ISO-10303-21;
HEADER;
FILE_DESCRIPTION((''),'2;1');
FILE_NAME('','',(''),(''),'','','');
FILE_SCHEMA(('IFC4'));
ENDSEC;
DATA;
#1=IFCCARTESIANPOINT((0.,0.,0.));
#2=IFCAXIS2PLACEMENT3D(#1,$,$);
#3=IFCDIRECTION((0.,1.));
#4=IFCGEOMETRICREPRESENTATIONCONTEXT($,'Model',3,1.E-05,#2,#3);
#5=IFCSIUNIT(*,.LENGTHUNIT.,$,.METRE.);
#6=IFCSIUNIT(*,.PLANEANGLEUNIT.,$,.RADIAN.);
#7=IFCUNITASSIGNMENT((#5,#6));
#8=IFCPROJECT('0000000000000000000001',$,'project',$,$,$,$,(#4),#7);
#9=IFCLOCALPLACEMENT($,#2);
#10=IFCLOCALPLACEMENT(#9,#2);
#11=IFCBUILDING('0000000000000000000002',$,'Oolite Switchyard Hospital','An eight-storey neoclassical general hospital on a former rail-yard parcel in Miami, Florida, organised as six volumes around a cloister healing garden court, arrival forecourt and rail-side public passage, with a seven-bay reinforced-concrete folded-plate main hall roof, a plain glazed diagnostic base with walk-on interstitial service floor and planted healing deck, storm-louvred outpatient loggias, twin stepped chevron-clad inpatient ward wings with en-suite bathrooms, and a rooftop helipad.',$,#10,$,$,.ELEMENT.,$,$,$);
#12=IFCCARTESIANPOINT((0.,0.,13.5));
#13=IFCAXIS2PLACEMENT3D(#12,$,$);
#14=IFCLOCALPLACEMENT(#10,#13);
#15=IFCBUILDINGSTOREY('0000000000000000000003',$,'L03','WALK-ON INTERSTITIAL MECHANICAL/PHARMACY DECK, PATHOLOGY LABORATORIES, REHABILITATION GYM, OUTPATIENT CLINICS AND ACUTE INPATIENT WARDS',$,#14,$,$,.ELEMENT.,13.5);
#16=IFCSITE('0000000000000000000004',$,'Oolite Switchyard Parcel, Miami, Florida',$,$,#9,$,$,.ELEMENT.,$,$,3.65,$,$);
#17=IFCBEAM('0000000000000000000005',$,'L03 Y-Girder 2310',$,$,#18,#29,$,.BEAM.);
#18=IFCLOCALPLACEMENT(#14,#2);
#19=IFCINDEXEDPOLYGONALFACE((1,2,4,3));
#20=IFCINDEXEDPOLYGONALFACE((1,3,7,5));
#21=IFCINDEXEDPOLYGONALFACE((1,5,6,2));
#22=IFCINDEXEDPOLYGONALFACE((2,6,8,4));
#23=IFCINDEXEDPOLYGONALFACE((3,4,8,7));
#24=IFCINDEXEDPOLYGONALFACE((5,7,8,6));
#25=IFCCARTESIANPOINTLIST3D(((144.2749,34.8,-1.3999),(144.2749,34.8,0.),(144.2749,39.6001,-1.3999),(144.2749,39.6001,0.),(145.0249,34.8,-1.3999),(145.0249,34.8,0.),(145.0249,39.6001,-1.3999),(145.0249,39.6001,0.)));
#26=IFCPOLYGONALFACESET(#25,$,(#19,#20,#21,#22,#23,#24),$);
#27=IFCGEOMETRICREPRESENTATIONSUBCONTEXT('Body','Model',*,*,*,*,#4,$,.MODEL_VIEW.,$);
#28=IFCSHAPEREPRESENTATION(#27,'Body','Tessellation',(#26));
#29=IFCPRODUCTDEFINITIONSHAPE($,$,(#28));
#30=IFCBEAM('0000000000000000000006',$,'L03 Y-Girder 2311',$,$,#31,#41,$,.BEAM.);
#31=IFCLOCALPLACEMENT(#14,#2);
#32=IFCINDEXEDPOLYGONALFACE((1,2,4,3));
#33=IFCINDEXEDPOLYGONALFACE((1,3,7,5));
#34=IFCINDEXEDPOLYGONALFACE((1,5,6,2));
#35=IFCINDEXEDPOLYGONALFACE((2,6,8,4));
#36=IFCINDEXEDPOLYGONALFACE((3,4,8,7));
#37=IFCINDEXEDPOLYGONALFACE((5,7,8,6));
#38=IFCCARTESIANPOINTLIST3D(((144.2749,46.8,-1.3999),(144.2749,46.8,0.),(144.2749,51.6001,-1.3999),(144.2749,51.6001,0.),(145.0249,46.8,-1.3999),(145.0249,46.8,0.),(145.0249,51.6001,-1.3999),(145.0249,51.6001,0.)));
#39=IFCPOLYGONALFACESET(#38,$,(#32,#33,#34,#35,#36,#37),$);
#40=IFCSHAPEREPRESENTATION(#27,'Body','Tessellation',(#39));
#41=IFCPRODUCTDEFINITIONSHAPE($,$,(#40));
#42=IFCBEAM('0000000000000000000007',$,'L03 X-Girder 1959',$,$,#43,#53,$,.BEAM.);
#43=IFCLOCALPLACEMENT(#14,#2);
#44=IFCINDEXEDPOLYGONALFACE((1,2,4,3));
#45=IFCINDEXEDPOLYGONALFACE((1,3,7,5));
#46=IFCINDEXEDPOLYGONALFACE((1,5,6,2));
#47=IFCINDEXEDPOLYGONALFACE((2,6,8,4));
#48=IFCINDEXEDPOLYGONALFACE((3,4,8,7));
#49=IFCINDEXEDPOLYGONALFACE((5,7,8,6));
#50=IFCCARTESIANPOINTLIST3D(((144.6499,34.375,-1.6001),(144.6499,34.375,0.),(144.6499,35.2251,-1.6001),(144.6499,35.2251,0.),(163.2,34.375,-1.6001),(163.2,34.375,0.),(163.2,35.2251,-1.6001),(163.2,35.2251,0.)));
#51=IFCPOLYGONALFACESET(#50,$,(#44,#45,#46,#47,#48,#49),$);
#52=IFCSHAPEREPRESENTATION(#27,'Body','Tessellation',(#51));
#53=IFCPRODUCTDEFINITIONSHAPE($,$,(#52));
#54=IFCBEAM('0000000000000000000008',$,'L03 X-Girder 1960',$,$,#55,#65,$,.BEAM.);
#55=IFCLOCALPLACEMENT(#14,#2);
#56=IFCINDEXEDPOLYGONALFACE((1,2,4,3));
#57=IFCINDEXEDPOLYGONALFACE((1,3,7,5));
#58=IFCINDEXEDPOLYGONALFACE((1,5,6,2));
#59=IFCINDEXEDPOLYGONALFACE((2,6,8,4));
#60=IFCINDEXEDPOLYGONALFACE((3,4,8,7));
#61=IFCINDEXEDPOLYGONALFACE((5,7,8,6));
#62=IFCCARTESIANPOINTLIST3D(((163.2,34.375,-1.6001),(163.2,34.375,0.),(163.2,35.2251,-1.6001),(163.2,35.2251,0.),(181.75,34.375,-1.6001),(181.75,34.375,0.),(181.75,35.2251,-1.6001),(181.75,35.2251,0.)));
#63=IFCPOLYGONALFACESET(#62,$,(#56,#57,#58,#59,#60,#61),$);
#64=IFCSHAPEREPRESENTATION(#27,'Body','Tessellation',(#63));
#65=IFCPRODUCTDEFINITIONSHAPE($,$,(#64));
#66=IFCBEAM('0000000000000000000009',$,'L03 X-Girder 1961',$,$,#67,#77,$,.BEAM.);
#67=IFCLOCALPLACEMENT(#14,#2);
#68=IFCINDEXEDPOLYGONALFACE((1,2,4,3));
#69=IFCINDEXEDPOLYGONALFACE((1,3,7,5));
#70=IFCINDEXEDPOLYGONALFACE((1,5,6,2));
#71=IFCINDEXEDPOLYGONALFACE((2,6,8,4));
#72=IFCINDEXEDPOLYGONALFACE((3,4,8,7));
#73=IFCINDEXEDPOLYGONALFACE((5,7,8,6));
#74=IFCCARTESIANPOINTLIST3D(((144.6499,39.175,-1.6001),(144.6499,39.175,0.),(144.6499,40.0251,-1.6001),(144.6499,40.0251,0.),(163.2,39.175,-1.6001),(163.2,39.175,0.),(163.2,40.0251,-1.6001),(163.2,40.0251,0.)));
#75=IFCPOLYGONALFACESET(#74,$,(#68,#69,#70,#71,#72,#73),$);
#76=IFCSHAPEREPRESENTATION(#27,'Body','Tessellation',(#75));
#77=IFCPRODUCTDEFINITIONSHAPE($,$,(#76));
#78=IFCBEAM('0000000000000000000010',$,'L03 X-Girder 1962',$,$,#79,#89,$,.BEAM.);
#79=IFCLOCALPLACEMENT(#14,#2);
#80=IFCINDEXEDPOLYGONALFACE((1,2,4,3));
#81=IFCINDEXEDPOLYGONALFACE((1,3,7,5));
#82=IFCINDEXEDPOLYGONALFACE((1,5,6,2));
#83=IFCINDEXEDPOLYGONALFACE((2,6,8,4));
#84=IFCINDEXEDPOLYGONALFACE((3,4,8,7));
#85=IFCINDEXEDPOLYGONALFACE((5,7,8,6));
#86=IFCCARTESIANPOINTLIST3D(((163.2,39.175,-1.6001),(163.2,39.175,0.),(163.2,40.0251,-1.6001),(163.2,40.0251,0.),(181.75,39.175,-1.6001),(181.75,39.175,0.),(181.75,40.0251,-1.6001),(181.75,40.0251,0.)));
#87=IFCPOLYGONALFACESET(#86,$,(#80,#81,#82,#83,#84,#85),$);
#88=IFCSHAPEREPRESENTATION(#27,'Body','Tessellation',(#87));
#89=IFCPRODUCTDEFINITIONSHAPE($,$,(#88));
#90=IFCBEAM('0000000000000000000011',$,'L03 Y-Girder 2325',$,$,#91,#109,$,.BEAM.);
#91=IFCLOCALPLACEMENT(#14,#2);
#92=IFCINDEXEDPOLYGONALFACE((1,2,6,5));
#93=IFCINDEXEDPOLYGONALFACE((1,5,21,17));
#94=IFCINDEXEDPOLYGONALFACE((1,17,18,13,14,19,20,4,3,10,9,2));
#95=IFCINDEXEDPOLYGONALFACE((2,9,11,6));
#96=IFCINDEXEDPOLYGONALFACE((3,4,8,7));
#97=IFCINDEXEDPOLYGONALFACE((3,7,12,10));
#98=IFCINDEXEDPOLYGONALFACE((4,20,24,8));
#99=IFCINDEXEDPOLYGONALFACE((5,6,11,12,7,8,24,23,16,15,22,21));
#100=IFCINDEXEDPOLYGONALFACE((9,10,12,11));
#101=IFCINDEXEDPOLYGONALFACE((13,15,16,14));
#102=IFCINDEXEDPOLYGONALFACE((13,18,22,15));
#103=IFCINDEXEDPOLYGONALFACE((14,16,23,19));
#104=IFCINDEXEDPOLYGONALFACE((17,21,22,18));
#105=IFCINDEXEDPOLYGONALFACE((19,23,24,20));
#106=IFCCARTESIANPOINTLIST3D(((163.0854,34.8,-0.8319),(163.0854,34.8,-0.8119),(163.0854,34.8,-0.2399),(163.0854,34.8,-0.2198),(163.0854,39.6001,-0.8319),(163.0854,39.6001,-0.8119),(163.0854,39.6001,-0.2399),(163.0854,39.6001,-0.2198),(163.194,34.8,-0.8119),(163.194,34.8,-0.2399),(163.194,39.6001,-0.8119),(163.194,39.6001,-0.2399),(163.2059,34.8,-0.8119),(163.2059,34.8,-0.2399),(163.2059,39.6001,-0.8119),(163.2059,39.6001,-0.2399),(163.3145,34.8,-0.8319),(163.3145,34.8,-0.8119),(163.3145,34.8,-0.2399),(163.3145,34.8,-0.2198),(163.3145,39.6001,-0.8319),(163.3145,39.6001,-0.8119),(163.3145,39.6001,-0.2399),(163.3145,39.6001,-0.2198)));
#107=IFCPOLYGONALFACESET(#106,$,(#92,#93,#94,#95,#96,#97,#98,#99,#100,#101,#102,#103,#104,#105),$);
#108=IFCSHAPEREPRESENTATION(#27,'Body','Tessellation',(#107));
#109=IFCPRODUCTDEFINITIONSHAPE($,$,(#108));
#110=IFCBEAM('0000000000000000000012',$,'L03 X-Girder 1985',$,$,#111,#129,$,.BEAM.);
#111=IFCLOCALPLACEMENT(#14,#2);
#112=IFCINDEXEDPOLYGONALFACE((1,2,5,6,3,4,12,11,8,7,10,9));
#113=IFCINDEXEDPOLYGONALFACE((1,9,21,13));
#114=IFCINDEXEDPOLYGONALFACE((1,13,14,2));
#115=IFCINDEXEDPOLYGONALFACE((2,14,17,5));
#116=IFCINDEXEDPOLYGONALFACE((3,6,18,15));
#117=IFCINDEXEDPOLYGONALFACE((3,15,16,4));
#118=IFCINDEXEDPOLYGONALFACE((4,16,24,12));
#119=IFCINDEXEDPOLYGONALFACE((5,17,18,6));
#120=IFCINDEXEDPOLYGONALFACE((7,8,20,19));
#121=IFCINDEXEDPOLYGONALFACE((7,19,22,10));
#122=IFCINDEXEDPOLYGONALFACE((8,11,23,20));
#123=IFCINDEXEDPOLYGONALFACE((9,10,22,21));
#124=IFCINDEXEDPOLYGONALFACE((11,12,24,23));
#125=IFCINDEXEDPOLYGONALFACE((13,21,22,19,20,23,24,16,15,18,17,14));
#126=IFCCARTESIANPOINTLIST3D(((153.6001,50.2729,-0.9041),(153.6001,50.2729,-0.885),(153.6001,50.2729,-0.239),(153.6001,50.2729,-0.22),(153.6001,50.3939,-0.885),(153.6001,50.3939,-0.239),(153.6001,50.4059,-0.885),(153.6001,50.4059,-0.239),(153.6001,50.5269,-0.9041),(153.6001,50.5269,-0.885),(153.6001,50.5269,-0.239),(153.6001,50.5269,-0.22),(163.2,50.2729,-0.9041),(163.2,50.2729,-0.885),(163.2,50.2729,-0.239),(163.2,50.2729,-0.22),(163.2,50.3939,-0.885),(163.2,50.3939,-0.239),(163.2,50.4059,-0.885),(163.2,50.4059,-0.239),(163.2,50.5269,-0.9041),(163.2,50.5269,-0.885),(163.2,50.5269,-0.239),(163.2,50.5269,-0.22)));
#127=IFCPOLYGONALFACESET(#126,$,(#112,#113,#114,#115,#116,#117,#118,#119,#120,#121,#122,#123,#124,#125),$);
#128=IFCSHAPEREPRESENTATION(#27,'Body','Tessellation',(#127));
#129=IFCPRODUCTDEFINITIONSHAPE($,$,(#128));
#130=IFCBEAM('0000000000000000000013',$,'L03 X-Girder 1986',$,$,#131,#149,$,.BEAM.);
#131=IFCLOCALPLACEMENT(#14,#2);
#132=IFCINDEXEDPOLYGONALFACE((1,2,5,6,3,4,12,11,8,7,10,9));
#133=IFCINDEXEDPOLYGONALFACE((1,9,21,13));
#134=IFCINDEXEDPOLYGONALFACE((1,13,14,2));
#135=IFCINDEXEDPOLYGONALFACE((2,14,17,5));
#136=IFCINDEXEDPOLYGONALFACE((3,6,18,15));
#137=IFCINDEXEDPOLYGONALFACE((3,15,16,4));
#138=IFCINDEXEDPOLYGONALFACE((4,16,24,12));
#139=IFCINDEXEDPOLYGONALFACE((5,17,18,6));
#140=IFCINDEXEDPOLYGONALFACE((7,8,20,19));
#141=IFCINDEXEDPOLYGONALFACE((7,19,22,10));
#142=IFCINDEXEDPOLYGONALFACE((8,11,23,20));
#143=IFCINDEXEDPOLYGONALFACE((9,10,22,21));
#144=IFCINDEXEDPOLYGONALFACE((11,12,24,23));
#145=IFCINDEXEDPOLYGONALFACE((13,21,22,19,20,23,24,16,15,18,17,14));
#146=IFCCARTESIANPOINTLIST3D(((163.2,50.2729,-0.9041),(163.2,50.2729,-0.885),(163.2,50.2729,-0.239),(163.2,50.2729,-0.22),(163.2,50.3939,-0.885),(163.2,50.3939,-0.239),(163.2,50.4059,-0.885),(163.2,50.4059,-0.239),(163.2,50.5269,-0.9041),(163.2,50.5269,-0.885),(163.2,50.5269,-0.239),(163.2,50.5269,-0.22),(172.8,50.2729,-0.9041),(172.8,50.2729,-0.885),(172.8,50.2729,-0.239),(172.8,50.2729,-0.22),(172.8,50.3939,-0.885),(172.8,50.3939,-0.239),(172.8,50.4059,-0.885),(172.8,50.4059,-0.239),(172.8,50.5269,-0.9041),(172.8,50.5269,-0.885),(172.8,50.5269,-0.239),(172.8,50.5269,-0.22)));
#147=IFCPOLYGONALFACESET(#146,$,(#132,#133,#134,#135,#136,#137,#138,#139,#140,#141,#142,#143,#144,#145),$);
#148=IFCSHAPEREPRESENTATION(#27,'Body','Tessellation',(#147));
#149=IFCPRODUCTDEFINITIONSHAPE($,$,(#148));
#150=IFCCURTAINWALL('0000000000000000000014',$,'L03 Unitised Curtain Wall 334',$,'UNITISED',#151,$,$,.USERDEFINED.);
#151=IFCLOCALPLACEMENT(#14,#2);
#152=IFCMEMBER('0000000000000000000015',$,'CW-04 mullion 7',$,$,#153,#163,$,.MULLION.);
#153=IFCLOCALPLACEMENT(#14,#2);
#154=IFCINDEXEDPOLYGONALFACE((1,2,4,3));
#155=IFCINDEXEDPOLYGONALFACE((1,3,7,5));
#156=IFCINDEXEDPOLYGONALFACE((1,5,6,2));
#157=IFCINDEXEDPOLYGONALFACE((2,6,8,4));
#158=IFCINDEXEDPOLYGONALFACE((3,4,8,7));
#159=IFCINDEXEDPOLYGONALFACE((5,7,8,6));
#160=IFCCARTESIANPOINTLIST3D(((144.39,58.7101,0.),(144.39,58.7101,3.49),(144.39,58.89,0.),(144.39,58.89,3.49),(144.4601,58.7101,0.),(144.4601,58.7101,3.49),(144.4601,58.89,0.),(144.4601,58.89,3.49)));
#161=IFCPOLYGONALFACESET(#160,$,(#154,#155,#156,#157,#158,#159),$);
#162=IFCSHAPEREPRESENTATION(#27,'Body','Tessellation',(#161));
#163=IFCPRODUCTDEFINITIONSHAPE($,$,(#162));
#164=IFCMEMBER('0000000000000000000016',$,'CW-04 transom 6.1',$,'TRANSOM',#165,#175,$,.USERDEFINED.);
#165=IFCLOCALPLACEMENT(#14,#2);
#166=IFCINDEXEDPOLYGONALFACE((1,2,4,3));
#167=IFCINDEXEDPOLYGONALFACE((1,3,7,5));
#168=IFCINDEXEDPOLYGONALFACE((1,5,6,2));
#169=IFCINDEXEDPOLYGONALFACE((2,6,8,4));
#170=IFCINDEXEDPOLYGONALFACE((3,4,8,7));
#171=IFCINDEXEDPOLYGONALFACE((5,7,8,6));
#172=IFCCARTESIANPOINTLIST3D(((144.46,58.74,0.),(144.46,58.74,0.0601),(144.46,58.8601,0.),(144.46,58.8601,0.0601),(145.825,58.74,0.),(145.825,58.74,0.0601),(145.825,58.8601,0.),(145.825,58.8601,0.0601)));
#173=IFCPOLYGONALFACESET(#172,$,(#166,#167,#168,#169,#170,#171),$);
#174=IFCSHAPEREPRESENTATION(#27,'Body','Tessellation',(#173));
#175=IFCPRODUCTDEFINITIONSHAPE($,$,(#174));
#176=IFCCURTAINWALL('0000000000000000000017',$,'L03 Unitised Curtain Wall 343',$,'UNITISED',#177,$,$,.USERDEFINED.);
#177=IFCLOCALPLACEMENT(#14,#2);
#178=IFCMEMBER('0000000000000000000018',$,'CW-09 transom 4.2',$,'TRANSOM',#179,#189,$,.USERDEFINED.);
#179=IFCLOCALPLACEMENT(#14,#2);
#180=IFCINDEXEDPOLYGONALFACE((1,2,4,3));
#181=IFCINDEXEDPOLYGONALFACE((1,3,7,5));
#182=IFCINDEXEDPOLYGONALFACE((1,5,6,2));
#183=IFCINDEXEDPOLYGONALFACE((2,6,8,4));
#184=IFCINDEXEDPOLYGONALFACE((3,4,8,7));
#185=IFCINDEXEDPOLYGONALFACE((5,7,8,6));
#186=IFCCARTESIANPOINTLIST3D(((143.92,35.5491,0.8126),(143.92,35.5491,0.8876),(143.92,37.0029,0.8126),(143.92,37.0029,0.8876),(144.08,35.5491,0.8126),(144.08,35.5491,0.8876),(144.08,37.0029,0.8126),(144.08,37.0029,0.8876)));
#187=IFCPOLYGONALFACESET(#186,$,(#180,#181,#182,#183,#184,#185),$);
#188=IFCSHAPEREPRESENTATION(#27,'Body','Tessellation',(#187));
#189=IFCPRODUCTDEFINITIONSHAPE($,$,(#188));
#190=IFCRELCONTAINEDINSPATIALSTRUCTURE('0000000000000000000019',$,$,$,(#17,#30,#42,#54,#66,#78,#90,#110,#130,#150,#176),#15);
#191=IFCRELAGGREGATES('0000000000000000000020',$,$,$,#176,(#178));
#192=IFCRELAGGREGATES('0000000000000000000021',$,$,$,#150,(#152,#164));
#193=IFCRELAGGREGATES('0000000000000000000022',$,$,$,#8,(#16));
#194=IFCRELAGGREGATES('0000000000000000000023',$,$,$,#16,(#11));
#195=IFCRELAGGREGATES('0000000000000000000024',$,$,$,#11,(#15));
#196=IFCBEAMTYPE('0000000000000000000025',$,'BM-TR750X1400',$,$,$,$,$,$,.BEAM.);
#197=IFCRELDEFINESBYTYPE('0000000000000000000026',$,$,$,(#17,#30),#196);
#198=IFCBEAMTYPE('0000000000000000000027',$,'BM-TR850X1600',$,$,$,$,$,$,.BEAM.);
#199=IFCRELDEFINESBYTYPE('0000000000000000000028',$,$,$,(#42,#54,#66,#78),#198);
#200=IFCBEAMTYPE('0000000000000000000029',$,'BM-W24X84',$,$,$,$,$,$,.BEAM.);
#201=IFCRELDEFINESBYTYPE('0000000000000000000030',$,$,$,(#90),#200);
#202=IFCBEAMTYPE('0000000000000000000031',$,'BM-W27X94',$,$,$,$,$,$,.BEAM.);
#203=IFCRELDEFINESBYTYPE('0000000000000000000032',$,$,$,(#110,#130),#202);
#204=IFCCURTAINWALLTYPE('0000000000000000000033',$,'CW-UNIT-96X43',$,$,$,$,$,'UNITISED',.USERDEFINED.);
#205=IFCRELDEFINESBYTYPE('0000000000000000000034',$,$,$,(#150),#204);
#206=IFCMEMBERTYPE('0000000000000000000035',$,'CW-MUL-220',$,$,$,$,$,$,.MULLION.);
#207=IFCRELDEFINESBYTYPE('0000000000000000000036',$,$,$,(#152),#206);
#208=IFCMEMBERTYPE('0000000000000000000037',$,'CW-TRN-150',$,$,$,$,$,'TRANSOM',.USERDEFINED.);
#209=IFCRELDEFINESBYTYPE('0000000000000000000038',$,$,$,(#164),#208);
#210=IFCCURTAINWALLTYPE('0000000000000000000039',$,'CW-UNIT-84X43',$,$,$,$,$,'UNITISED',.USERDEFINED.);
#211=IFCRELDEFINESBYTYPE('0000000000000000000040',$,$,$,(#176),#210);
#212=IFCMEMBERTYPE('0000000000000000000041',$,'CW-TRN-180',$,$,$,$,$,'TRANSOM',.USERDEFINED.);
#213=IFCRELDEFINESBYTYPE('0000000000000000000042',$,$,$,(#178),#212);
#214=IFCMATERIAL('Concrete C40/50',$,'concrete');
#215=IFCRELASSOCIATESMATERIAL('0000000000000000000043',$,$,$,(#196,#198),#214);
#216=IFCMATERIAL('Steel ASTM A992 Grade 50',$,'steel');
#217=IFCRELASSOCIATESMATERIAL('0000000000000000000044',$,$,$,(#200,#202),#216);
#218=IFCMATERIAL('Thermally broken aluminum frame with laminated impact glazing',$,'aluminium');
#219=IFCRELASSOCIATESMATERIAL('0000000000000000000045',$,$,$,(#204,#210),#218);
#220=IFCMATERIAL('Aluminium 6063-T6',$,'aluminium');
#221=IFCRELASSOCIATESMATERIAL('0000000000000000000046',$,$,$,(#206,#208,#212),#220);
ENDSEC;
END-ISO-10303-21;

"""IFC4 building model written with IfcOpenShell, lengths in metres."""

from ifc_helpers import new_model, si_unit, direction, frame, origin, origin_2d, place, context, subcontext, project, spatial, rectangle, i_section, extrude, material, material_profile, profile_set, type_object, element, aggregate, save


model = new_model("IFC4")

# Units and contexts
model_context = context("Model", 3, precision=1e-05, world=origin(), true_north=direction((0.0, 1.0)))
body_context = subcontext(model_context, "Body", "Model", "MODEL_VIEW")
ifc_project = project(units=[si_unit("LENGTHUNIT", "METRE"), si_unit("PLANEANGLEUNIT", "RADIAN")], contexts=[model_context])

# Site, building, storey
site_placement = place(None, origin())
site = spatial("IfcSite", under=ifc_project, at=site_placement, Name="Oolite Switchyard Parcel, Miami, Florida", CompositionType="ELEMENT", RefElevation=3.65)
building_placement = place(site_placement, origin())
building = spatial("IfcBuilding", under=site, at=building_placement, Name="Oolite Switchyard Hospital", Description="An eight-storey neoclassical general hospital on a former rail-yard parcel in Miami, Florida, organised as six volumes around a cloister healing garden court, arrival forecourt and rail-side public passage, with a seven-bay reinforced-concrete folded-plate main hall roof, a plain glazed diagnostic base with walk-on interstitial service floor and planted healing deck, storm-louvred outpatient loggias, twin stepped chevron-clad inpatient ward wings with en-suite bathrooms, and a rooftop helipad.", CompositionType="ELEMENT")
storey_placement = place(building_placement, frame((0.0, 0.0, 13.5)))
storey = spatial("IfcBuildingStorey", under=building, at=storey_placement, Name="L03", Description="WALK-ON INTERSTITIAL MECHANICAL/PHARMACY DECK, PATHOLOGY LABORATORIES, REHABILITATION GYM, OUTPATIENT CLINICS AND ACUTE INPATIENT WARDS", CompositionType="ELEMENT", Elevation=13.5)

# Beams
ifc_material_1 = material(Name="Concrete C40/50", Category="concrete")
ifc_material_profile_1 = material_profile(ifc_material_1, rectangle(XDim=0.75, YDim=1.3999, at=origin_2d()), Name="RCT750X1400")
ifc_profile_set_1 = profile_set([ifc_material_profile_1], Name="Concrete C40/50")
beam_type_1 = type_object("IfcBeamType", Name="BM-TR750X1400", PredefinedType="BEAM", material=ifc_profile_set_1)
for number, where, z_axis, x_axis, name in (
    (1, (144.6499, 34.8, -0.7), (0.0, 1.0, 0.0), (-1.0, 0.0, 0.0), "L03 Y-Girder 2310"),
    (2, (144.6499, 46.8, -0.7), (0.0, 1.0, 0.0), (-1.0, 0.0, 0.0), "L03 Y-Girder 2311"),
):
    element("IfcBeam", number, at=place(storey_placement, frame(where, z_axis=z_axis, x_axis=x_axis)), inside=storey, type_object=beam_type_1, Name=name, PredefinedType="BEAM", context=body_context, shape_type="SweptSolid", body=[
        extrude(rectangle(XDim=0.75, YDim=1.3999, at=origin_2d()), origin(), (0.0, 0.0, 1.0), 4.8),
    ])
ifc_material_profile_2 = material_profile(ifc_material_1, rectangle(XDim=0.8501, YDim=1.6001, at=origin_2d()), Name="RCT850X1600")
ifc_profile_set_2 = profile_set([ifc_material_profile_2], Name="Concrete C40/50")
beam_type_2 = type_object("IfcBeamType", Name="BM-TR850X1600", PredefinedType="BEAM", material=ifc_profile_set_2)
for number, where, z_axis, x_axis, name in (
    (3, (144.6499, 34.8, -0.8), (1.0, 0.0, 0.0), (0.0, 1.0, 0.0), "L03 X-Girder 1959"),
    (4, (163.2, 34.8, -0.8), (1.0, 0.0, 0.0), (0.0, 1.0, 0.0), "L03 X-Girder 1960"),
    (5, (144.6499, 39.6001, -0.8), (1.0, 0.0, 0.0), (0.0, 1.0, 0.0), "L03 X-Girder 1961"),
    (6, (163.2, 39.6001, -0.8), (1.0, 0.0, 0.0), (0.0, 1.0, 0.0), "L03 X-Girder 1962"),
):
    element("IfcBeam", number, at=place(storey_placement, frame(where, z_axis=z_axis, x_axis=x_axis)), inside=storey, type_object=beam_type_2, Name=name, PredefinedType="BEAM", context=body_context, shape_type="SweptSolid", body=[
        extrude(rectangle(XDim=0.8501, YDim=1.6001, at=origin_2d()), origin(), (0.0, 0.0, 1.0), 18.55),
    ])
ifc_material_2 = material(Name="Steel ASTM A992 Grade 50", Category="steel")
ifc_material_profile_3 = material_profile(ifc_material_2, i_section(OverallWidth=0.229, OverallDepth=0.6121, WebThickness=0.012, FlangeThickness=0.02, at=origin_2d()), Name="W24X84")
ifc_profile_set_3 = profile_set([ifc_material_profile_3], Name="Steel ASTM A992 Grade 50")
beam_type_3 = type_object("IfcBeamType", Name="BM-W24X84", PredefinedType="BEAM", material=ifc_profile_set_3)
beam_1_placement = place(storey_placement, frame((163.2, 34.8, -0.5259), z_axis=(0.0, 1.0, 0.0), x_axis=(-1.0, 0.0, 0.0)))
element("IfcBeam", 7, at=beam_1_placement, inside=storey, type_object=beam_type_3, Name="L03 Y-Girder 2325", PredefinedType="BEAM", context=body_context, shape_type="SweptSolid", body=[
    extrude(i_section(OverallWidth=0.229, OverallDepth=0.6121, WebThickness=0.012, FlangeThickness=0.02, at=origin_2d()), origin(), (0.0, 0.0, 1.0), 4.8),
])
ifc_material_profile_4 = material_profile(ifc_material_2, i_section(OverallWidth=0.2539, OverallDepth=0.6841, WebThickness=0.012, FlangeThickness=0.019, at=origin_2d()), Name="W27X94")
ifc_profile_set_4 = profile_set([ifc_material_profile_4], Name="Steel ASTM A992 Grade 50")
beam_type_4 = type_object("IfcBeamType", Name="BM-W27X94", PredefinedType="BEAM", material=ifc_profile_set_4)
beam_2_placement = place(storey_placement, frame((153.6001, 50.3999, -0.562), z_axis=(1.0, 0.0, 0.0), x_axis=(0.0, 1.0, 0.0)))
element("IfcBeam", 8, at=beam_2_placement, inside=storey, type_object=beam_type_4, Name="L03 X-Girder 1985", PredefinedType="BEAM", context=body_context, shape_type="SweptSolid", body=[
    extrude(i_section(OverallWidth=0.2539, OverallDepth=0.6841, WebThickness=0.012, FlangeThickness=0.019, at=origin_2d()), origin(), (0.0, 0.0, 1.0), 9.5999),
])
beam_3_placement = place(storey_placement, frame((163.2, 50.3999, -0.562), z_axis=(1.0, 0.0, 0.0), x_axis=(0.0, 1.0, 0.0)))
element("IfcBeam", 9, at=beam_3_placement, inside=storey, type_object=beam_type_4, Name="L03 X-Girder 1986", PredefinedType="BEAM", context=body_context, shape_type="SweptSolid", body=[
    extrude(i_section(OverallWidth=0.2539, OverallDepth=0.6841, WebThickness=0.012, FlangeThickness=0.019, at=origin_2d()), origin(), (0.0, 0.0, 1.0), 9.6001),
])

# Curtain wall, members
ifc_material_3 = material(Name="Thermally broken aluminum frame with laminated impact glazing", Category="aluminium")
curtain_wall_type_1 = type_object("IfcCurtainWallType", Name="CW-UNIT-96X43", ElementType="UNITISED", PredefinedType="USERDEFINED", material=ifc_material_3)
curtain_wall_1_placement = place(storey_placement, origin())
curtain_wall_1 = element("IfcCurtainWall", 10, at=curtain_wall_1_placement, inside=storey, type_object=curtain_wall_type_1, Name="L03 Unitised Curtain Wall 334", ObjectType="UNITISED", PredefinedType="USERDEFINED")
ifc_material_4 = material(Name="Aluminium 6063-T6", Category="aluminium")
ifc_material_profile_5 = material_profile(ifc_material_4, rectangle(XDim=0.1799, YDim=0.0701, at=origin_2d()), Name="CWM70X180")
ifc_profile_set_5 = profile_set([ifc_material_profile_5], Name="Aluminium 6063-T6")
member_type_1 = type_object("IfcMemberType", Name="CW-MUL-220", PredefinedType="MULLION", material=ifc_profile_set_5)
member_1_placement = place(storey_placement, frame((144.425, 58.8, 0.0), z_axis=(0.0, 0.0, 1.0), x_axis=(0.0, -1.0, 0.0)))
member_1 = element("IfcMember", 11, at=member_1_placement, type_object=member_type_1, Name="CW-04 mullion 7", PredefinedType="MULLION", context=body_context, shape_type="SweptSolid", body=[
    extrude(rectangle(XDim=0.1799, YDim=0.0701, at=origin_2d()), origin(), (0.0, 0.0, 1.0), 3.49),
])
ifc_material_profile_6 = material_profile(ifc_material_4, rectangle(XDim=0.1201, YDim=0.0601, at=origin_2d()), Name="CWT60X120")
ifc_profile_set_6 = profile_set([ifc_material_profile_6], Name="Aluminium 6063-T6")
member_type_2 = type_object("IfcMemberType", Name="CW-TRN-150", ElementType="TRANSOM", PredefinedType="USERDEFINED", material=ifc_profile_set_6)
member_2_placement = place(storey_placement, frame((145.825, 58.8, 0.03), z_axis=(-1.0, 0.0, 0.0), x_axis=(0.0, -1.0, 0.0)))
member_2 = element("IfcMember", 12, at=member_2_placement, type_object=member_type_2, Name="CW-04 transom 6.1", ObjectType="TRANSOM", PredefinedType="USERDEFINED", context=body_context, shape_type="SweptSolid", body=[
    extrude(rectangle(XDim=0.1201, YDim=0.0601, at=origin_2d()), origin(), (0.0, 0.0, 1.0), 1.365),
])

# Curtain wall, member
curtain_wall_type_2 = type_object("IfcCurtainWallType", Name="CW-UNIT-84X43", ElementType="UNITISED", PredefinedType="USERDEFINED", material=ifc_material_3)
curtain_wall_2_placement = place(storey_placement, origin())
curtain_wall_2 = element("IfcCurtainWall", 13, at=curtain_wall_2_placement, inside=storey, type_object=curtain_wall_type_2, Name="L03 Unitised Curtain Wall 343", ObjectType="UNITISED", PredefinedType="USERDEFINED")
ifc_material_profile_7 = material_profile(ifc_material_4, rectangle(XDim=0.1599, YDim=0.075, at=origin_2d()), Name="CWT75X160")
ifc_profile_set_7 = profile_set([ifc_material_profile_7], Name="Aluminium 6063-T6")
member_type_3 = type_object("IfcMemberType", Name="CW-TRN-180", ElementType="TRANSOM", PredefinedType="USERDEFINED", material=ifc_profile_set_7)
member_3_placement = place(storey_placement, frame((144.0, 37.0029, 0.8501), z_axis=(0.0, -1.0, 0.0), x_axis=(1.0, 0.0, 0.0)))
member_3 = element("IfcMember", 14, at=member_3_placement, type_object=member_type_3, Name="CW-09 transom 4.2", ObjectType="TRANSOM", PredefinedType="USERDEFINED", context=body_context, shape_type="SweptSolid", body=[
    extrude(rectangle(XDim=0.1599, YDim=0.075, at=origin_2d()), origin(), (0.0, 0.0, 1.0), 1.4539),
])
aggregate(curtain_wall_2, [member_3])

aggregate(curtain_wall_1, [member_1, member_2])

save(model, "model.ifc")
